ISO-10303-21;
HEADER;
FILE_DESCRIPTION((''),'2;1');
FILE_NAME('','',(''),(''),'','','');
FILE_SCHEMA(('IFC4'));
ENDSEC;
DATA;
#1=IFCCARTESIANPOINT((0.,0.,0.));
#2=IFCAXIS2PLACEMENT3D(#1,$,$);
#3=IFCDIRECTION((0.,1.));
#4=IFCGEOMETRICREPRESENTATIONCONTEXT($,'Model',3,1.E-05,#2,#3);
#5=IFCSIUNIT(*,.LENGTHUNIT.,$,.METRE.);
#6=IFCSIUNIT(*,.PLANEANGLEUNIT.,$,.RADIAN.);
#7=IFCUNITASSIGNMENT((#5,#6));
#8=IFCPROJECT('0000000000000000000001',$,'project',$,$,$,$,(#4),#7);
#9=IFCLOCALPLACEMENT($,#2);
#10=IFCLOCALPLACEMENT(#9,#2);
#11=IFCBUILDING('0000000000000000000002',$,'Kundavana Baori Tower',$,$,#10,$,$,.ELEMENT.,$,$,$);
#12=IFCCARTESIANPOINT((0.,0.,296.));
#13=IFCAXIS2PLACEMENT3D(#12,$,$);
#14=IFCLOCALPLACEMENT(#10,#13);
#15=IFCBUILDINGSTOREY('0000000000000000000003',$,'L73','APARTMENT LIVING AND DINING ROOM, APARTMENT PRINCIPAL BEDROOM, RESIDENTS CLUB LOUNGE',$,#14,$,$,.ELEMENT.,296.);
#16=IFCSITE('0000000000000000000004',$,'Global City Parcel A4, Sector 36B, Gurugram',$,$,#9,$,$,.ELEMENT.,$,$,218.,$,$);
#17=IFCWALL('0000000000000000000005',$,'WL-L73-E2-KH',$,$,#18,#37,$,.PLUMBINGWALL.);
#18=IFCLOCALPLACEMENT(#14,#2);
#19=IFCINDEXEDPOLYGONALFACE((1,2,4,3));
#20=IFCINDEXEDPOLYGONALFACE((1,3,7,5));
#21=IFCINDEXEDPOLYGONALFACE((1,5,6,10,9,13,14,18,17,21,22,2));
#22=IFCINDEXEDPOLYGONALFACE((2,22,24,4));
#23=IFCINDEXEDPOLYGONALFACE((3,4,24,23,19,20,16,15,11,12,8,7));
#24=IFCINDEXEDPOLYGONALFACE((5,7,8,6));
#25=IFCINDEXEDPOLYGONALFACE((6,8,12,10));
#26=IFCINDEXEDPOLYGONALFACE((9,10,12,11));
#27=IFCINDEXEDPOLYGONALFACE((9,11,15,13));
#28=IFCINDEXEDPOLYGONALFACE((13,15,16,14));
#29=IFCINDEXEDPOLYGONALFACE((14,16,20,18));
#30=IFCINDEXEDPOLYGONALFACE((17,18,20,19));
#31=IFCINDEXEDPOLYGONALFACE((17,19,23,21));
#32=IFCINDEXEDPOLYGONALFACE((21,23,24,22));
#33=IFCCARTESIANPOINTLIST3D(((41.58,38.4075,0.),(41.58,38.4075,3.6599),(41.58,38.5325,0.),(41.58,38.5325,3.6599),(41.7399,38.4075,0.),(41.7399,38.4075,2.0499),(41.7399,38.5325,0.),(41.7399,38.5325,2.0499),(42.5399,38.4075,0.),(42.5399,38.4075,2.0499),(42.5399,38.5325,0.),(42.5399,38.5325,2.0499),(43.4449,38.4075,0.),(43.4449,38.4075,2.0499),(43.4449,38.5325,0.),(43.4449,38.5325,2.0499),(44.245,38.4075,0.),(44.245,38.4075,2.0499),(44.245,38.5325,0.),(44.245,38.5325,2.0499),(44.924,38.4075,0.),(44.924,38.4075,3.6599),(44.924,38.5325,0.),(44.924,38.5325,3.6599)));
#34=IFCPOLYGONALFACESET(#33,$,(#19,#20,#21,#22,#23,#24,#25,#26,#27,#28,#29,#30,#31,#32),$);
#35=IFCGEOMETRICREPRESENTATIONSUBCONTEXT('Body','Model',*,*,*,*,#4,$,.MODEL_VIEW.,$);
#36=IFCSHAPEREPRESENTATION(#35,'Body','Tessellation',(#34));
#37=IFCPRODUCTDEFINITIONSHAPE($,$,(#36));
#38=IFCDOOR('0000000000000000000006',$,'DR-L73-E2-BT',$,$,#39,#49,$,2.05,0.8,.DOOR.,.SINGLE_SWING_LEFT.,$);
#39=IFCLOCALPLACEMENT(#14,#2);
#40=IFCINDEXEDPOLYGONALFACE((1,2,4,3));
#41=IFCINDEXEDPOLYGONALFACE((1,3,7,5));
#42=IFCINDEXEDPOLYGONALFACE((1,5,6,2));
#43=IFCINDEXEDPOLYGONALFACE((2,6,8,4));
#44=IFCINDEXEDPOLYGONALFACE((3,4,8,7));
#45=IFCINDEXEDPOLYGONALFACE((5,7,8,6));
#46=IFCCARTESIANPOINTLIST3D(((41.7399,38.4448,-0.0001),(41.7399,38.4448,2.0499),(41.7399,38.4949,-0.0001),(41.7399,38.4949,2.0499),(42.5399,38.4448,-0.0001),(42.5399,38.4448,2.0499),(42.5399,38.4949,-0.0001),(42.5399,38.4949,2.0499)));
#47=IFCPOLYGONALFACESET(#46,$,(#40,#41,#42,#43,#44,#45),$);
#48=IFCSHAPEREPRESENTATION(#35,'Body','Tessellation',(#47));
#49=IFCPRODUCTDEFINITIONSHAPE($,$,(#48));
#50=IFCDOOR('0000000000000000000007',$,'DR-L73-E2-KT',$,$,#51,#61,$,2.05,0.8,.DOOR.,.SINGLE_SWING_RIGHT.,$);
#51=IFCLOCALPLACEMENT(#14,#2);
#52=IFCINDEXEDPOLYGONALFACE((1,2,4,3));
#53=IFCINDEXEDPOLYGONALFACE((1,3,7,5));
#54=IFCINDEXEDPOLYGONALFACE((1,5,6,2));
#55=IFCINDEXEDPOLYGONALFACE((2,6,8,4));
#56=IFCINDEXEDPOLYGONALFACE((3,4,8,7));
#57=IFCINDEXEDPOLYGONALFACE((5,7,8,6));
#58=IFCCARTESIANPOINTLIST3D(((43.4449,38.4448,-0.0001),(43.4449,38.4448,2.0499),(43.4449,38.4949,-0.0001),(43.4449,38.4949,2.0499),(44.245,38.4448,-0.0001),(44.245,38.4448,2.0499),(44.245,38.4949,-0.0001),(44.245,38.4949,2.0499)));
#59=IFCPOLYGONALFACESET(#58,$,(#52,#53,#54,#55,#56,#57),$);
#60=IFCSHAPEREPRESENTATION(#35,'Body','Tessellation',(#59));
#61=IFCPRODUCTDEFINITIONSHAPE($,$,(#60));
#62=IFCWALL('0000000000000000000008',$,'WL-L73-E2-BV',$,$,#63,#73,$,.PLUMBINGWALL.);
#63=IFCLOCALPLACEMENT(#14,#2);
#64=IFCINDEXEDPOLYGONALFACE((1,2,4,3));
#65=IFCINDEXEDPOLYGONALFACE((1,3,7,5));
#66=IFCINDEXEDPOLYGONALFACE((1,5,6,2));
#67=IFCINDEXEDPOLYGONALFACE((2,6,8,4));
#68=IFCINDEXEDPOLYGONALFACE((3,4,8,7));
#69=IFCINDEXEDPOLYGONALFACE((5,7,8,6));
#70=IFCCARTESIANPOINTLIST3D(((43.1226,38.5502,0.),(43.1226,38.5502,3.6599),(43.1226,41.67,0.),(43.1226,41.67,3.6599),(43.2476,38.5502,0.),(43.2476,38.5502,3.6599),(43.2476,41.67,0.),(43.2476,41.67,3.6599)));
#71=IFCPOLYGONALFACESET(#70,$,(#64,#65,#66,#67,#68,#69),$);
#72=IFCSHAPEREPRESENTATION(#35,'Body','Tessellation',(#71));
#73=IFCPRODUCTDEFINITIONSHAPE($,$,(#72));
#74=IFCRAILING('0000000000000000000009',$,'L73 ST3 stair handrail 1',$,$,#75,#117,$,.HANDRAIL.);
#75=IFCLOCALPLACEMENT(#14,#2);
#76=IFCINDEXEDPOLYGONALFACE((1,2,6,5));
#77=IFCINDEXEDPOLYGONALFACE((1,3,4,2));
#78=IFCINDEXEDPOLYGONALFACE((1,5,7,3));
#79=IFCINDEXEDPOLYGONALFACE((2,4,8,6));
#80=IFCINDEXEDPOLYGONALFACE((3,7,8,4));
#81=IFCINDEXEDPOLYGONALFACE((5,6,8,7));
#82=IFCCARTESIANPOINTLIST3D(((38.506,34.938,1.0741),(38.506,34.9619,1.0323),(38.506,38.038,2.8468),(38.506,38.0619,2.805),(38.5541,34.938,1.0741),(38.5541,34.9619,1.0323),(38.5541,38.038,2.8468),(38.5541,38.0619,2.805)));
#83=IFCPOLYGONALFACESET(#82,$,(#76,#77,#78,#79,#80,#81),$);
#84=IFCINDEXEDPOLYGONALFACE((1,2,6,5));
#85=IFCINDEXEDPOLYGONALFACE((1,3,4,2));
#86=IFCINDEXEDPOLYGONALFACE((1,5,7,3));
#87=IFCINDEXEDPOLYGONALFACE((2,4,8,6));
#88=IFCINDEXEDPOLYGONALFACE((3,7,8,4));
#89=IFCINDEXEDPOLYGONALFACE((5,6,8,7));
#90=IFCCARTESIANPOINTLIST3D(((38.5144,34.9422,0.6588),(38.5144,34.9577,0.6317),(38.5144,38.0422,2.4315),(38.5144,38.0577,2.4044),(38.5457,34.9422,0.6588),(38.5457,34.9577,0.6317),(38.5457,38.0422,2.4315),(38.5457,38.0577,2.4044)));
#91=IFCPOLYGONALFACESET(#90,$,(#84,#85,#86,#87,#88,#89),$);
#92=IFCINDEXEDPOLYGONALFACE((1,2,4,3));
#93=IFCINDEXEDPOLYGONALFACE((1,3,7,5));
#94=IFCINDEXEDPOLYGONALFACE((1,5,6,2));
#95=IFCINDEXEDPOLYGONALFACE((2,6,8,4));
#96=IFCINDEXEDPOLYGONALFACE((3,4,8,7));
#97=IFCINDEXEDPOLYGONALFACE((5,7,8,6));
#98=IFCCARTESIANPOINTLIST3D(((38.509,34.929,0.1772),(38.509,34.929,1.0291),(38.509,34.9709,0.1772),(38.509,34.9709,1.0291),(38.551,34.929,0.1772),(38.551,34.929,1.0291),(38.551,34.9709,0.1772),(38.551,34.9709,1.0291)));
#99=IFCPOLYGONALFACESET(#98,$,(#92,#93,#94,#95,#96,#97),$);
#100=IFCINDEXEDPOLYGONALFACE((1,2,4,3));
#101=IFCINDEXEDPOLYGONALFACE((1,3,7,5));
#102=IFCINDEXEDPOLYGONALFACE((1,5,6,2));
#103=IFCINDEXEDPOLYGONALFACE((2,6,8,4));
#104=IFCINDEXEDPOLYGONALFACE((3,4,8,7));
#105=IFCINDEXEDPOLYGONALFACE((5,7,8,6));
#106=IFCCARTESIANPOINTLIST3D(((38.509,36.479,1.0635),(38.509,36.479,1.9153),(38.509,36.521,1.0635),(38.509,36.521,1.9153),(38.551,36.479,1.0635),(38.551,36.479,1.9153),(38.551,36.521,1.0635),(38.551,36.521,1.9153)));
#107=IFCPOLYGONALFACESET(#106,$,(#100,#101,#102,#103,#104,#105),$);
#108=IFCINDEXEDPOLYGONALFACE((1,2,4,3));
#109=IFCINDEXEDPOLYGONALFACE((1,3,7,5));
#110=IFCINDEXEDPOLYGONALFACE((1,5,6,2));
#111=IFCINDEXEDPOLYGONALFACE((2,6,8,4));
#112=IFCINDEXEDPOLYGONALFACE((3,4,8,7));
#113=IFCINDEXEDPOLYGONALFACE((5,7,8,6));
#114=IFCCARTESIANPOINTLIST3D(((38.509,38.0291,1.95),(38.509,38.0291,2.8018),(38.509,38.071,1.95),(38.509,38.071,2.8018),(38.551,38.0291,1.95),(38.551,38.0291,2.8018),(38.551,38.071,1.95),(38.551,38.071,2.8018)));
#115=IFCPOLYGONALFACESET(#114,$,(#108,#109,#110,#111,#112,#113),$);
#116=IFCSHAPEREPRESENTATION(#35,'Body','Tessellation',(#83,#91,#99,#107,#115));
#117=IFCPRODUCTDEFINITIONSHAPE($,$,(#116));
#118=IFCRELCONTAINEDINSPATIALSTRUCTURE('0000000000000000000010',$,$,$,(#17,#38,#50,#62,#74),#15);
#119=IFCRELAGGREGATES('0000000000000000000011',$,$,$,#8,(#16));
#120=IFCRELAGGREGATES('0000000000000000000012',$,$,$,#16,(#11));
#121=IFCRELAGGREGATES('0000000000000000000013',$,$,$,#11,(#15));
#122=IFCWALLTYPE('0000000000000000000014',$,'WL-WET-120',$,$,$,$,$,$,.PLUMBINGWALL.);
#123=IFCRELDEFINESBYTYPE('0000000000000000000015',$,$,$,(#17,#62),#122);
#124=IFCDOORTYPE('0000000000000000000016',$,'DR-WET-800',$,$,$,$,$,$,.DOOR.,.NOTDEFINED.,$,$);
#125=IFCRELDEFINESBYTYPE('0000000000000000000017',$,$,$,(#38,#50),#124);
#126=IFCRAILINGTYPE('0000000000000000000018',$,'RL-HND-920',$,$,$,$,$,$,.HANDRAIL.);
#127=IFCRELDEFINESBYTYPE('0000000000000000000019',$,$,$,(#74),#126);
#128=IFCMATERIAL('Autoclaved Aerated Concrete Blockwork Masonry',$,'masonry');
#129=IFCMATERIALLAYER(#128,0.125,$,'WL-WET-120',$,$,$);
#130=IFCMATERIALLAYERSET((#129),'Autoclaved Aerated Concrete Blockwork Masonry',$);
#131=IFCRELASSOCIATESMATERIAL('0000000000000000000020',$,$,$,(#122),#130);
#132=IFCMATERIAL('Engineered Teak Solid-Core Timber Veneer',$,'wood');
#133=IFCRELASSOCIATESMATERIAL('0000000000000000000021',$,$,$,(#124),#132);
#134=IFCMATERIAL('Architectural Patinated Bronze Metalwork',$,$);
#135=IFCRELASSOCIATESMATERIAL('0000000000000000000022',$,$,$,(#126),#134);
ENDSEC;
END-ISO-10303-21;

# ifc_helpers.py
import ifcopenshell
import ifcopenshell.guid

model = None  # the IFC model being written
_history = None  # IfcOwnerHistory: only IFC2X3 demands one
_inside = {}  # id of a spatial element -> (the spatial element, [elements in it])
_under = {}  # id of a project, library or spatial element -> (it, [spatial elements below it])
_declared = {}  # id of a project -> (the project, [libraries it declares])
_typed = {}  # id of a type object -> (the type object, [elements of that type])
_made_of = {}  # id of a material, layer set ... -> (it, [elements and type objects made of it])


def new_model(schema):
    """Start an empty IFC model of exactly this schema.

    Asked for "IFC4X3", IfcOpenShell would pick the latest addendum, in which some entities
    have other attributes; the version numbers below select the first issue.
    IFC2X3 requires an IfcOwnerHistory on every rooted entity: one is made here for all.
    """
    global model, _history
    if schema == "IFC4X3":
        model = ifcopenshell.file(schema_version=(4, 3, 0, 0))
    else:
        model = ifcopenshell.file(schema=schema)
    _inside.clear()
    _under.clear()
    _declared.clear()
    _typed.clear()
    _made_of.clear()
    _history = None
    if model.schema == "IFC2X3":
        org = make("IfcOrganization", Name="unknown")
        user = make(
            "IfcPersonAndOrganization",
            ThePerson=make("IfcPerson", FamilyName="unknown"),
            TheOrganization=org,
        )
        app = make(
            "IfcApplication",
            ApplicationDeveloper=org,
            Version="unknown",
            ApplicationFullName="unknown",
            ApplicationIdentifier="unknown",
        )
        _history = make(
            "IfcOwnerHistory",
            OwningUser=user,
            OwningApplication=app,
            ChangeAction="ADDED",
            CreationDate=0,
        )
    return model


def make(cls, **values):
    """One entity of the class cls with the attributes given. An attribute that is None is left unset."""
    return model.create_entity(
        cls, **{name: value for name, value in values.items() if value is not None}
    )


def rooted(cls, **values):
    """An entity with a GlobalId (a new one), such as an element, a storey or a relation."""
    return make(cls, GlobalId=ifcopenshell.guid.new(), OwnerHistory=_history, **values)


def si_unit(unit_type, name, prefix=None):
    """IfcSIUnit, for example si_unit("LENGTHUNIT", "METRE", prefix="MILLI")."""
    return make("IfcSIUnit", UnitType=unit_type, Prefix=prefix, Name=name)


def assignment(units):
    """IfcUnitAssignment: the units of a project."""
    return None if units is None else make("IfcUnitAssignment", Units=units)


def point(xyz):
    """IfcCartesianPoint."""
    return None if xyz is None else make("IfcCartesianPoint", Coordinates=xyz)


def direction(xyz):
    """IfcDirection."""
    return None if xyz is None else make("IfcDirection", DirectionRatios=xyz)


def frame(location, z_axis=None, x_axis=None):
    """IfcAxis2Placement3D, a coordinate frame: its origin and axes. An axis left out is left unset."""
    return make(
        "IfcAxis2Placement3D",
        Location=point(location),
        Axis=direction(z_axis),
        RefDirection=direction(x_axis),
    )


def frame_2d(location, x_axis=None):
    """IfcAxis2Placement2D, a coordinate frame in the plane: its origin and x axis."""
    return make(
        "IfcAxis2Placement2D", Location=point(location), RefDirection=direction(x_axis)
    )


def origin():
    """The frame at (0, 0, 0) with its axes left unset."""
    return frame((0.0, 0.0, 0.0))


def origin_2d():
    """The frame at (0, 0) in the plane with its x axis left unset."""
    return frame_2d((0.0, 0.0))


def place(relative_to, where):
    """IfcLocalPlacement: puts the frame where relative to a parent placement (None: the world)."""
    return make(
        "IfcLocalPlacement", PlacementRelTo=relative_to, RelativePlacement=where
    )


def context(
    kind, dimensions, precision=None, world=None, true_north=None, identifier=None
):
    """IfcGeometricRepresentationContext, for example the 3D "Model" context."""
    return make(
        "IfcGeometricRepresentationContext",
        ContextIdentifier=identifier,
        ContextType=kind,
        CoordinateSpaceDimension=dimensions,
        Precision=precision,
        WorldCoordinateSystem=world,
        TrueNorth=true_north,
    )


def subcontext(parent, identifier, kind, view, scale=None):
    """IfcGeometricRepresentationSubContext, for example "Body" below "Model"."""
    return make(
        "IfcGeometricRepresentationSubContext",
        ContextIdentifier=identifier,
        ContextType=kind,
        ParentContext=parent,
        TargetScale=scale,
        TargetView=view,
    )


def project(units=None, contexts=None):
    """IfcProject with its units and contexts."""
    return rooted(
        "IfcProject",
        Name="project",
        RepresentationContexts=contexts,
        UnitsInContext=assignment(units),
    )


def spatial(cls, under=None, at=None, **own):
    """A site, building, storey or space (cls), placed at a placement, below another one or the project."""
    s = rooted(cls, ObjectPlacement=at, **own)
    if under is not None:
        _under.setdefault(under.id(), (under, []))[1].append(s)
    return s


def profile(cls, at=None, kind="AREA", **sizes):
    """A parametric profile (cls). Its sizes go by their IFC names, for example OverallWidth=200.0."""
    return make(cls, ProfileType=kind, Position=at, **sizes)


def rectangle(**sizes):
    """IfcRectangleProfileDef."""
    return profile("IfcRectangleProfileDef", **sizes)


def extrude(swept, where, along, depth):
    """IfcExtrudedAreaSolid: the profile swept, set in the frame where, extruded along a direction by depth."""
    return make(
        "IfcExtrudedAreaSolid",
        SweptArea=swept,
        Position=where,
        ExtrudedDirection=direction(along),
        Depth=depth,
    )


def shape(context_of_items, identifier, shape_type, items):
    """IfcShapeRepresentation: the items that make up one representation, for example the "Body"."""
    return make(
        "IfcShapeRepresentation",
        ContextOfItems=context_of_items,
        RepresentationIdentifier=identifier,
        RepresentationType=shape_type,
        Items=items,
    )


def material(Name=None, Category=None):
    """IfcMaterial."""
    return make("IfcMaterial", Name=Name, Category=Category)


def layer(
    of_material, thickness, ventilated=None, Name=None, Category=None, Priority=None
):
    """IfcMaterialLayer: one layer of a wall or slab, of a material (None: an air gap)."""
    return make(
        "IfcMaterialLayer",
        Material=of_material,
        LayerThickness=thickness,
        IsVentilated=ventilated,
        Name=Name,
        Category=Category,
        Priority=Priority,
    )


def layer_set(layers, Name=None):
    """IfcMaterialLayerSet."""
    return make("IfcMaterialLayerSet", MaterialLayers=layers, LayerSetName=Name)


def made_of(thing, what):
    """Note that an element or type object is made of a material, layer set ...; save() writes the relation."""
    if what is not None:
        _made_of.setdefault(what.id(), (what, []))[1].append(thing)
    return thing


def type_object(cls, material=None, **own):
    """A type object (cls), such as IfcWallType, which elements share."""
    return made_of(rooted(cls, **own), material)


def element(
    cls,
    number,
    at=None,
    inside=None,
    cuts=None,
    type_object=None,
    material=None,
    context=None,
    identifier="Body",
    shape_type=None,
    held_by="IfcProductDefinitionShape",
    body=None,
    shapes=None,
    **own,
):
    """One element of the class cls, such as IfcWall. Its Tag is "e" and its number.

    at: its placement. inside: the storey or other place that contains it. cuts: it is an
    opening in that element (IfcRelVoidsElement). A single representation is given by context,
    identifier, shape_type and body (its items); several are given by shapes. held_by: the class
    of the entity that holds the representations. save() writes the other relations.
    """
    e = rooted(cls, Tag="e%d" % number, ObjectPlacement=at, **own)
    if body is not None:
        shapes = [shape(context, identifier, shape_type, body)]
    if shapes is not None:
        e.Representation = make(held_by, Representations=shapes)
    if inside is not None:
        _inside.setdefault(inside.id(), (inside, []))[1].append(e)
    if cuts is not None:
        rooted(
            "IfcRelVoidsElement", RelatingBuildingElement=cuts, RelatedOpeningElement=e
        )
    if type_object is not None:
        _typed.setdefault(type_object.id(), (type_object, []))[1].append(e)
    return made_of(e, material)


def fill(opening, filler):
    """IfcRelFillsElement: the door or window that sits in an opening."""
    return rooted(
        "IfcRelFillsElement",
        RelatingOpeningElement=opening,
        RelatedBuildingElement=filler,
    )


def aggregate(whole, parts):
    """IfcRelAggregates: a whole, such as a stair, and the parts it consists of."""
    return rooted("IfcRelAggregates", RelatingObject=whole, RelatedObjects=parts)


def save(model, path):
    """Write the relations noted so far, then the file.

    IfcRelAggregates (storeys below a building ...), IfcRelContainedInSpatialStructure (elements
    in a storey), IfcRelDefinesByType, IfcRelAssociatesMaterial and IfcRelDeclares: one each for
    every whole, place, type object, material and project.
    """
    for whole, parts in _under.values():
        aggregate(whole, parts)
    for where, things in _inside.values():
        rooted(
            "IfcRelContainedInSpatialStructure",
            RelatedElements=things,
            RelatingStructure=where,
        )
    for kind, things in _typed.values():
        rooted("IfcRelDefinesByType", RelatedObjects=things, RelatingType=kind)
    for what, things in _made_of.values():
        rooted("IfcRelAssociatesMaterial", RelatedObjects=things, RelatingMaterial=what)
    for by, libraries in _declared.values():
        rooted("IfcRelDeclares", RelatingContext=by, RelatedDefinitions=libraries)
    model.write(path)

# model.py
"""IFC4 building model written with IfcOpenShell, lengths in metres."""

from ifc_helpers import new_model, si_unit, direction, frame, frame_2d, origin, origin_2d, place, context, subcontext, project, spatial, rectangle, extrude, material, layer, layer_set, type_object, element, fill, save


model = new_model("IFC4")

# Units and contexts
model_context = context("Model", 3, precision=1e-05, world=origin(), true_north=direction((0.0, 1.0)))
body_context = subcontext(model_context, "Body", "Model", "MODEL_VIEW")
ifc_project = project(units=[si_unit("LENGTHUNIT", "METRE"), si_unit("PLANEANGLEUNIT", "RADIAN")], contexts=[model_context])

# Site, building, storey
site_placement = place(None, origin())
site = spatial("IfcSite", under=ifc_project, at=site_placement, Name="Global City Parcel A4, Sector 36B, Gurugram", CompositionType="ELEMENT", RefElevation=218.0)
building_placement = place(site_placement, origin())
building = spatial("IfcBuilding", under=site, at=building_placement, Name="Kundavana Baori Tower", CompositionType="ELEMENT")
storey_placement = place(building_placement, frame((0.0, 0.0, 296.0)))
storey = spatial("IfcBuildingStorey", under=building, at=storey_placement, Name="L73", Description="APARTMENT LIVING AND DINING ROOM, APARTMENT PRINCIPAL BEDROOM, RESIDENTS CLUB LOUNGE", CompositionType="ELEMENT", Elevation=296.0)

# Wall, openings, doors
ifc_material_1 = material(Name="Autoclaved Aerated Concrete Blockwork Masonry", Category="masonry")
ifc_layer_1 = layer(ifc_material_1, 0.125, Name="WL-WET-120")
ifc_layer_set_1 = layer_set([ifc_layer_1], Name="Autoclaved Aerated Concrete Blockwork Masonry")
wall_type_1 = type_object("IfcWallType", Name="WL-WET-120", PredefinedType="PLUMBINGWALL", material=ifc_layer_set_1)
wall_1_placement = place(storey_placement, frame((41.5801, 38.47, 0.0), z_axis=(0.0, 0.0, 1.0), x_axis=(1.0, 0.0, 0.0)))
wall_1 = element("IfcWall", 1, at=wall_1_placement, inside=storey, type_object=wall_type_1, Name="WL-L73-E2-KH", PredefinedType="PLUMBINGWALL", context=body_context, shape_type="SweptSolid", body=[
    extrude(rectangle(XDim=3.344, YDim=0.125, at=frame_2d((1.6719, 0.0))), origin(), (0.0, 0.0, 1.0), 3.6599),
])
opening_1_placement = place(wall_1_placement, frame((0.1599, 0.0, 0.0)))
opening_1 = element("IfcOpeningElement", 2, at=opening_1_placement, cuts=wall_1, PredefinedType="OPENING", context=body_context, shape_type="SweptSolid", body=[
    extrude(rectangle(XDim=0.8, YDim=2.05, at=frame_2d((0.3999, 1.0249))), frame((0.0, 0.0725, 0.0), z_axis=(0.0, -1.0, 0.0), x_axis=(1.0, 0.0, 0.0)), (0.0, 0.0, 1.0), 0.145),
])
opening_2_placement = place(wall_1_placement, frame((1.865, 0.0, 0.0)))
opening_2 = element("IfcOpeningElement", 3, at=opening_2_placement, cuts=wall_1, PredefinedType="OPENING", context=body_context, shape_type="SweptSolid", body=[
    extrude(rectangle(XDim=0.8, YDim=2.05, at=frame_2d((0.3999, 1.0249))), frame((0.0, 0.0725, 0.0), z_axis=(0.0, -1.0, 0.0), x_axis=(1.0, 0.0, 0.0)), (0.0, 0.0, 1.0), 0.145),
])
ifc_material_2 = material(Name="Engineered Teak Solid-Core Timber Veneer", Category="wood")
door_type_1 = type_object("IfcDoorType", Name="DR-WET-800", OperationType="NOTDEFINED", PredefinedType="DOOR", material=ifc_material_2)
door_1_placement = place(opening_1_placement, origin())
door_1 = element("IfcDoor", 4, at=door_1_placement, inside=storey, type_object=door_type_1, Name="DR-L73-E2-BT", OperationType="SINGLE_SWING_LEFT", OverallHeight=2.05, OverallWidth=0.8, PredefinedType="DOOR", context=body_context, shape_type="SweptSolid", body=[
    extrude(rectangle(XDim=0.8, YDim=2.05, at=frame_2d((0.3999, 1.0249))), frame((0.0, 0.0249, 0.0), z_axis=(0.0, -1.0, 0.0), x_axis=(1.0, 0.0, 0.0)), (0.0, 0.0, 1.0), 0.05),
])
fill(opening_1, door_1)
door_2_placement = place(opening_2_placement, origin())
door_2 = element("IfcDoor", 5, at=door_2_placement, inside=storey, type_object=door_type_1, Name="DR-L73-E2-KT", OperationType="SINGLE_SWING_RIGHT", OverallHeight=2.05, OverallWidth=0.8, PredefinedType="DOOR", context=body_context, shape_type="SweptSolid", body=[
    extrude(rectangle(XDim=0.8, YDim=2.05, at=frame_2d((0.3999, 1.0249))), frame((0.0, 0.0249, 0.0), z_axis=(0.0, -1.0, 0.0), x_axis=(1.0, 0.0, 0.0)), (0.0, 0.0, 1.0), 0.05),
])
fill(opening_2, door_2)

# Wall
wall_2_placement = place(storey_placement, frame((43.1851, 38.55, 0.0), z_axis=(0.0, 0.0, 1.0), x_axis=(0.0, 1.0, 0.0)))
element("IfcWall", 6, at=wall_2_placement, inside=storey, type_object=wall_type_1, Name="WL-L73-E2-BV", PredefinedType="PLUMBINGWALL", context=body_context, shape_type="SweptSolid", body=[
    extrude(rectangle(XDim=3.1199, YDim=0.125, at=frame_2d((1.5601, 0.0))), origin(), (0.0, 0.0, 1.0), 3.6599),
])

# Railing
ifc_material_3 = material(Name="Architectural Patinated Bronze Metalwork")
railing_type_1 = type_object("IfcRailingType", Name="RL-HND-920", PredefinedType="HANDRAIL", material=ifc_material_3)
railing_1_placement = place(storey_placement, frame((38.53, 34.95, 0.1772)))
element("IfcRailing", 7, at=railing_1_placement, inside=storey, type_object=railing_type_1, Name="L73 ST3 stair handrail 1", PredefinedType="HANDRAIL", context=body_context, shape_type="SweptSolid", body=[
    extrude(rectangle(XDim=0.0481, YDim=0.0481, at=origin_2d()), frame((0.0, 0.0, 0.876), z_axis=(0.0, 0.868096, 0.496397), x_axis=(-1.0, 0.0, 0.0)), (0.0, 0.0, 1.0), 3.571),
    extrude(rectangle(XDim=0.0312, YDim=0.0312, at=origin_2d()), frame((0.0, 0.0, 0.468), z_axis=(0.0, 0.868096, 0.496397), x_axis=(-1.0, 0.0, 0.0)), (0.0, 0.0, 1.0), 3.571),
    extrude(rectangle(XDim=0.042, YDim=0.042, at=origin_2d()), origin(), (0.0, 0.0, 1.0), 0.8518),
    extrude(rectangle(XDim=0.042, YDim=0.042, at=origin_2d()), frame((0.0, 1.55, 0.8862)), (0.0, 0.0, 1.0), 0.8518),
    extrude(rectangle(XDim=0.042, YDim=0.042, at=origin_2d()), frame((0.0, 3.1001, 1.7727)), (0.0, 0.0, 1.0), 0.8518),
])

save(model, "model.ifc")
